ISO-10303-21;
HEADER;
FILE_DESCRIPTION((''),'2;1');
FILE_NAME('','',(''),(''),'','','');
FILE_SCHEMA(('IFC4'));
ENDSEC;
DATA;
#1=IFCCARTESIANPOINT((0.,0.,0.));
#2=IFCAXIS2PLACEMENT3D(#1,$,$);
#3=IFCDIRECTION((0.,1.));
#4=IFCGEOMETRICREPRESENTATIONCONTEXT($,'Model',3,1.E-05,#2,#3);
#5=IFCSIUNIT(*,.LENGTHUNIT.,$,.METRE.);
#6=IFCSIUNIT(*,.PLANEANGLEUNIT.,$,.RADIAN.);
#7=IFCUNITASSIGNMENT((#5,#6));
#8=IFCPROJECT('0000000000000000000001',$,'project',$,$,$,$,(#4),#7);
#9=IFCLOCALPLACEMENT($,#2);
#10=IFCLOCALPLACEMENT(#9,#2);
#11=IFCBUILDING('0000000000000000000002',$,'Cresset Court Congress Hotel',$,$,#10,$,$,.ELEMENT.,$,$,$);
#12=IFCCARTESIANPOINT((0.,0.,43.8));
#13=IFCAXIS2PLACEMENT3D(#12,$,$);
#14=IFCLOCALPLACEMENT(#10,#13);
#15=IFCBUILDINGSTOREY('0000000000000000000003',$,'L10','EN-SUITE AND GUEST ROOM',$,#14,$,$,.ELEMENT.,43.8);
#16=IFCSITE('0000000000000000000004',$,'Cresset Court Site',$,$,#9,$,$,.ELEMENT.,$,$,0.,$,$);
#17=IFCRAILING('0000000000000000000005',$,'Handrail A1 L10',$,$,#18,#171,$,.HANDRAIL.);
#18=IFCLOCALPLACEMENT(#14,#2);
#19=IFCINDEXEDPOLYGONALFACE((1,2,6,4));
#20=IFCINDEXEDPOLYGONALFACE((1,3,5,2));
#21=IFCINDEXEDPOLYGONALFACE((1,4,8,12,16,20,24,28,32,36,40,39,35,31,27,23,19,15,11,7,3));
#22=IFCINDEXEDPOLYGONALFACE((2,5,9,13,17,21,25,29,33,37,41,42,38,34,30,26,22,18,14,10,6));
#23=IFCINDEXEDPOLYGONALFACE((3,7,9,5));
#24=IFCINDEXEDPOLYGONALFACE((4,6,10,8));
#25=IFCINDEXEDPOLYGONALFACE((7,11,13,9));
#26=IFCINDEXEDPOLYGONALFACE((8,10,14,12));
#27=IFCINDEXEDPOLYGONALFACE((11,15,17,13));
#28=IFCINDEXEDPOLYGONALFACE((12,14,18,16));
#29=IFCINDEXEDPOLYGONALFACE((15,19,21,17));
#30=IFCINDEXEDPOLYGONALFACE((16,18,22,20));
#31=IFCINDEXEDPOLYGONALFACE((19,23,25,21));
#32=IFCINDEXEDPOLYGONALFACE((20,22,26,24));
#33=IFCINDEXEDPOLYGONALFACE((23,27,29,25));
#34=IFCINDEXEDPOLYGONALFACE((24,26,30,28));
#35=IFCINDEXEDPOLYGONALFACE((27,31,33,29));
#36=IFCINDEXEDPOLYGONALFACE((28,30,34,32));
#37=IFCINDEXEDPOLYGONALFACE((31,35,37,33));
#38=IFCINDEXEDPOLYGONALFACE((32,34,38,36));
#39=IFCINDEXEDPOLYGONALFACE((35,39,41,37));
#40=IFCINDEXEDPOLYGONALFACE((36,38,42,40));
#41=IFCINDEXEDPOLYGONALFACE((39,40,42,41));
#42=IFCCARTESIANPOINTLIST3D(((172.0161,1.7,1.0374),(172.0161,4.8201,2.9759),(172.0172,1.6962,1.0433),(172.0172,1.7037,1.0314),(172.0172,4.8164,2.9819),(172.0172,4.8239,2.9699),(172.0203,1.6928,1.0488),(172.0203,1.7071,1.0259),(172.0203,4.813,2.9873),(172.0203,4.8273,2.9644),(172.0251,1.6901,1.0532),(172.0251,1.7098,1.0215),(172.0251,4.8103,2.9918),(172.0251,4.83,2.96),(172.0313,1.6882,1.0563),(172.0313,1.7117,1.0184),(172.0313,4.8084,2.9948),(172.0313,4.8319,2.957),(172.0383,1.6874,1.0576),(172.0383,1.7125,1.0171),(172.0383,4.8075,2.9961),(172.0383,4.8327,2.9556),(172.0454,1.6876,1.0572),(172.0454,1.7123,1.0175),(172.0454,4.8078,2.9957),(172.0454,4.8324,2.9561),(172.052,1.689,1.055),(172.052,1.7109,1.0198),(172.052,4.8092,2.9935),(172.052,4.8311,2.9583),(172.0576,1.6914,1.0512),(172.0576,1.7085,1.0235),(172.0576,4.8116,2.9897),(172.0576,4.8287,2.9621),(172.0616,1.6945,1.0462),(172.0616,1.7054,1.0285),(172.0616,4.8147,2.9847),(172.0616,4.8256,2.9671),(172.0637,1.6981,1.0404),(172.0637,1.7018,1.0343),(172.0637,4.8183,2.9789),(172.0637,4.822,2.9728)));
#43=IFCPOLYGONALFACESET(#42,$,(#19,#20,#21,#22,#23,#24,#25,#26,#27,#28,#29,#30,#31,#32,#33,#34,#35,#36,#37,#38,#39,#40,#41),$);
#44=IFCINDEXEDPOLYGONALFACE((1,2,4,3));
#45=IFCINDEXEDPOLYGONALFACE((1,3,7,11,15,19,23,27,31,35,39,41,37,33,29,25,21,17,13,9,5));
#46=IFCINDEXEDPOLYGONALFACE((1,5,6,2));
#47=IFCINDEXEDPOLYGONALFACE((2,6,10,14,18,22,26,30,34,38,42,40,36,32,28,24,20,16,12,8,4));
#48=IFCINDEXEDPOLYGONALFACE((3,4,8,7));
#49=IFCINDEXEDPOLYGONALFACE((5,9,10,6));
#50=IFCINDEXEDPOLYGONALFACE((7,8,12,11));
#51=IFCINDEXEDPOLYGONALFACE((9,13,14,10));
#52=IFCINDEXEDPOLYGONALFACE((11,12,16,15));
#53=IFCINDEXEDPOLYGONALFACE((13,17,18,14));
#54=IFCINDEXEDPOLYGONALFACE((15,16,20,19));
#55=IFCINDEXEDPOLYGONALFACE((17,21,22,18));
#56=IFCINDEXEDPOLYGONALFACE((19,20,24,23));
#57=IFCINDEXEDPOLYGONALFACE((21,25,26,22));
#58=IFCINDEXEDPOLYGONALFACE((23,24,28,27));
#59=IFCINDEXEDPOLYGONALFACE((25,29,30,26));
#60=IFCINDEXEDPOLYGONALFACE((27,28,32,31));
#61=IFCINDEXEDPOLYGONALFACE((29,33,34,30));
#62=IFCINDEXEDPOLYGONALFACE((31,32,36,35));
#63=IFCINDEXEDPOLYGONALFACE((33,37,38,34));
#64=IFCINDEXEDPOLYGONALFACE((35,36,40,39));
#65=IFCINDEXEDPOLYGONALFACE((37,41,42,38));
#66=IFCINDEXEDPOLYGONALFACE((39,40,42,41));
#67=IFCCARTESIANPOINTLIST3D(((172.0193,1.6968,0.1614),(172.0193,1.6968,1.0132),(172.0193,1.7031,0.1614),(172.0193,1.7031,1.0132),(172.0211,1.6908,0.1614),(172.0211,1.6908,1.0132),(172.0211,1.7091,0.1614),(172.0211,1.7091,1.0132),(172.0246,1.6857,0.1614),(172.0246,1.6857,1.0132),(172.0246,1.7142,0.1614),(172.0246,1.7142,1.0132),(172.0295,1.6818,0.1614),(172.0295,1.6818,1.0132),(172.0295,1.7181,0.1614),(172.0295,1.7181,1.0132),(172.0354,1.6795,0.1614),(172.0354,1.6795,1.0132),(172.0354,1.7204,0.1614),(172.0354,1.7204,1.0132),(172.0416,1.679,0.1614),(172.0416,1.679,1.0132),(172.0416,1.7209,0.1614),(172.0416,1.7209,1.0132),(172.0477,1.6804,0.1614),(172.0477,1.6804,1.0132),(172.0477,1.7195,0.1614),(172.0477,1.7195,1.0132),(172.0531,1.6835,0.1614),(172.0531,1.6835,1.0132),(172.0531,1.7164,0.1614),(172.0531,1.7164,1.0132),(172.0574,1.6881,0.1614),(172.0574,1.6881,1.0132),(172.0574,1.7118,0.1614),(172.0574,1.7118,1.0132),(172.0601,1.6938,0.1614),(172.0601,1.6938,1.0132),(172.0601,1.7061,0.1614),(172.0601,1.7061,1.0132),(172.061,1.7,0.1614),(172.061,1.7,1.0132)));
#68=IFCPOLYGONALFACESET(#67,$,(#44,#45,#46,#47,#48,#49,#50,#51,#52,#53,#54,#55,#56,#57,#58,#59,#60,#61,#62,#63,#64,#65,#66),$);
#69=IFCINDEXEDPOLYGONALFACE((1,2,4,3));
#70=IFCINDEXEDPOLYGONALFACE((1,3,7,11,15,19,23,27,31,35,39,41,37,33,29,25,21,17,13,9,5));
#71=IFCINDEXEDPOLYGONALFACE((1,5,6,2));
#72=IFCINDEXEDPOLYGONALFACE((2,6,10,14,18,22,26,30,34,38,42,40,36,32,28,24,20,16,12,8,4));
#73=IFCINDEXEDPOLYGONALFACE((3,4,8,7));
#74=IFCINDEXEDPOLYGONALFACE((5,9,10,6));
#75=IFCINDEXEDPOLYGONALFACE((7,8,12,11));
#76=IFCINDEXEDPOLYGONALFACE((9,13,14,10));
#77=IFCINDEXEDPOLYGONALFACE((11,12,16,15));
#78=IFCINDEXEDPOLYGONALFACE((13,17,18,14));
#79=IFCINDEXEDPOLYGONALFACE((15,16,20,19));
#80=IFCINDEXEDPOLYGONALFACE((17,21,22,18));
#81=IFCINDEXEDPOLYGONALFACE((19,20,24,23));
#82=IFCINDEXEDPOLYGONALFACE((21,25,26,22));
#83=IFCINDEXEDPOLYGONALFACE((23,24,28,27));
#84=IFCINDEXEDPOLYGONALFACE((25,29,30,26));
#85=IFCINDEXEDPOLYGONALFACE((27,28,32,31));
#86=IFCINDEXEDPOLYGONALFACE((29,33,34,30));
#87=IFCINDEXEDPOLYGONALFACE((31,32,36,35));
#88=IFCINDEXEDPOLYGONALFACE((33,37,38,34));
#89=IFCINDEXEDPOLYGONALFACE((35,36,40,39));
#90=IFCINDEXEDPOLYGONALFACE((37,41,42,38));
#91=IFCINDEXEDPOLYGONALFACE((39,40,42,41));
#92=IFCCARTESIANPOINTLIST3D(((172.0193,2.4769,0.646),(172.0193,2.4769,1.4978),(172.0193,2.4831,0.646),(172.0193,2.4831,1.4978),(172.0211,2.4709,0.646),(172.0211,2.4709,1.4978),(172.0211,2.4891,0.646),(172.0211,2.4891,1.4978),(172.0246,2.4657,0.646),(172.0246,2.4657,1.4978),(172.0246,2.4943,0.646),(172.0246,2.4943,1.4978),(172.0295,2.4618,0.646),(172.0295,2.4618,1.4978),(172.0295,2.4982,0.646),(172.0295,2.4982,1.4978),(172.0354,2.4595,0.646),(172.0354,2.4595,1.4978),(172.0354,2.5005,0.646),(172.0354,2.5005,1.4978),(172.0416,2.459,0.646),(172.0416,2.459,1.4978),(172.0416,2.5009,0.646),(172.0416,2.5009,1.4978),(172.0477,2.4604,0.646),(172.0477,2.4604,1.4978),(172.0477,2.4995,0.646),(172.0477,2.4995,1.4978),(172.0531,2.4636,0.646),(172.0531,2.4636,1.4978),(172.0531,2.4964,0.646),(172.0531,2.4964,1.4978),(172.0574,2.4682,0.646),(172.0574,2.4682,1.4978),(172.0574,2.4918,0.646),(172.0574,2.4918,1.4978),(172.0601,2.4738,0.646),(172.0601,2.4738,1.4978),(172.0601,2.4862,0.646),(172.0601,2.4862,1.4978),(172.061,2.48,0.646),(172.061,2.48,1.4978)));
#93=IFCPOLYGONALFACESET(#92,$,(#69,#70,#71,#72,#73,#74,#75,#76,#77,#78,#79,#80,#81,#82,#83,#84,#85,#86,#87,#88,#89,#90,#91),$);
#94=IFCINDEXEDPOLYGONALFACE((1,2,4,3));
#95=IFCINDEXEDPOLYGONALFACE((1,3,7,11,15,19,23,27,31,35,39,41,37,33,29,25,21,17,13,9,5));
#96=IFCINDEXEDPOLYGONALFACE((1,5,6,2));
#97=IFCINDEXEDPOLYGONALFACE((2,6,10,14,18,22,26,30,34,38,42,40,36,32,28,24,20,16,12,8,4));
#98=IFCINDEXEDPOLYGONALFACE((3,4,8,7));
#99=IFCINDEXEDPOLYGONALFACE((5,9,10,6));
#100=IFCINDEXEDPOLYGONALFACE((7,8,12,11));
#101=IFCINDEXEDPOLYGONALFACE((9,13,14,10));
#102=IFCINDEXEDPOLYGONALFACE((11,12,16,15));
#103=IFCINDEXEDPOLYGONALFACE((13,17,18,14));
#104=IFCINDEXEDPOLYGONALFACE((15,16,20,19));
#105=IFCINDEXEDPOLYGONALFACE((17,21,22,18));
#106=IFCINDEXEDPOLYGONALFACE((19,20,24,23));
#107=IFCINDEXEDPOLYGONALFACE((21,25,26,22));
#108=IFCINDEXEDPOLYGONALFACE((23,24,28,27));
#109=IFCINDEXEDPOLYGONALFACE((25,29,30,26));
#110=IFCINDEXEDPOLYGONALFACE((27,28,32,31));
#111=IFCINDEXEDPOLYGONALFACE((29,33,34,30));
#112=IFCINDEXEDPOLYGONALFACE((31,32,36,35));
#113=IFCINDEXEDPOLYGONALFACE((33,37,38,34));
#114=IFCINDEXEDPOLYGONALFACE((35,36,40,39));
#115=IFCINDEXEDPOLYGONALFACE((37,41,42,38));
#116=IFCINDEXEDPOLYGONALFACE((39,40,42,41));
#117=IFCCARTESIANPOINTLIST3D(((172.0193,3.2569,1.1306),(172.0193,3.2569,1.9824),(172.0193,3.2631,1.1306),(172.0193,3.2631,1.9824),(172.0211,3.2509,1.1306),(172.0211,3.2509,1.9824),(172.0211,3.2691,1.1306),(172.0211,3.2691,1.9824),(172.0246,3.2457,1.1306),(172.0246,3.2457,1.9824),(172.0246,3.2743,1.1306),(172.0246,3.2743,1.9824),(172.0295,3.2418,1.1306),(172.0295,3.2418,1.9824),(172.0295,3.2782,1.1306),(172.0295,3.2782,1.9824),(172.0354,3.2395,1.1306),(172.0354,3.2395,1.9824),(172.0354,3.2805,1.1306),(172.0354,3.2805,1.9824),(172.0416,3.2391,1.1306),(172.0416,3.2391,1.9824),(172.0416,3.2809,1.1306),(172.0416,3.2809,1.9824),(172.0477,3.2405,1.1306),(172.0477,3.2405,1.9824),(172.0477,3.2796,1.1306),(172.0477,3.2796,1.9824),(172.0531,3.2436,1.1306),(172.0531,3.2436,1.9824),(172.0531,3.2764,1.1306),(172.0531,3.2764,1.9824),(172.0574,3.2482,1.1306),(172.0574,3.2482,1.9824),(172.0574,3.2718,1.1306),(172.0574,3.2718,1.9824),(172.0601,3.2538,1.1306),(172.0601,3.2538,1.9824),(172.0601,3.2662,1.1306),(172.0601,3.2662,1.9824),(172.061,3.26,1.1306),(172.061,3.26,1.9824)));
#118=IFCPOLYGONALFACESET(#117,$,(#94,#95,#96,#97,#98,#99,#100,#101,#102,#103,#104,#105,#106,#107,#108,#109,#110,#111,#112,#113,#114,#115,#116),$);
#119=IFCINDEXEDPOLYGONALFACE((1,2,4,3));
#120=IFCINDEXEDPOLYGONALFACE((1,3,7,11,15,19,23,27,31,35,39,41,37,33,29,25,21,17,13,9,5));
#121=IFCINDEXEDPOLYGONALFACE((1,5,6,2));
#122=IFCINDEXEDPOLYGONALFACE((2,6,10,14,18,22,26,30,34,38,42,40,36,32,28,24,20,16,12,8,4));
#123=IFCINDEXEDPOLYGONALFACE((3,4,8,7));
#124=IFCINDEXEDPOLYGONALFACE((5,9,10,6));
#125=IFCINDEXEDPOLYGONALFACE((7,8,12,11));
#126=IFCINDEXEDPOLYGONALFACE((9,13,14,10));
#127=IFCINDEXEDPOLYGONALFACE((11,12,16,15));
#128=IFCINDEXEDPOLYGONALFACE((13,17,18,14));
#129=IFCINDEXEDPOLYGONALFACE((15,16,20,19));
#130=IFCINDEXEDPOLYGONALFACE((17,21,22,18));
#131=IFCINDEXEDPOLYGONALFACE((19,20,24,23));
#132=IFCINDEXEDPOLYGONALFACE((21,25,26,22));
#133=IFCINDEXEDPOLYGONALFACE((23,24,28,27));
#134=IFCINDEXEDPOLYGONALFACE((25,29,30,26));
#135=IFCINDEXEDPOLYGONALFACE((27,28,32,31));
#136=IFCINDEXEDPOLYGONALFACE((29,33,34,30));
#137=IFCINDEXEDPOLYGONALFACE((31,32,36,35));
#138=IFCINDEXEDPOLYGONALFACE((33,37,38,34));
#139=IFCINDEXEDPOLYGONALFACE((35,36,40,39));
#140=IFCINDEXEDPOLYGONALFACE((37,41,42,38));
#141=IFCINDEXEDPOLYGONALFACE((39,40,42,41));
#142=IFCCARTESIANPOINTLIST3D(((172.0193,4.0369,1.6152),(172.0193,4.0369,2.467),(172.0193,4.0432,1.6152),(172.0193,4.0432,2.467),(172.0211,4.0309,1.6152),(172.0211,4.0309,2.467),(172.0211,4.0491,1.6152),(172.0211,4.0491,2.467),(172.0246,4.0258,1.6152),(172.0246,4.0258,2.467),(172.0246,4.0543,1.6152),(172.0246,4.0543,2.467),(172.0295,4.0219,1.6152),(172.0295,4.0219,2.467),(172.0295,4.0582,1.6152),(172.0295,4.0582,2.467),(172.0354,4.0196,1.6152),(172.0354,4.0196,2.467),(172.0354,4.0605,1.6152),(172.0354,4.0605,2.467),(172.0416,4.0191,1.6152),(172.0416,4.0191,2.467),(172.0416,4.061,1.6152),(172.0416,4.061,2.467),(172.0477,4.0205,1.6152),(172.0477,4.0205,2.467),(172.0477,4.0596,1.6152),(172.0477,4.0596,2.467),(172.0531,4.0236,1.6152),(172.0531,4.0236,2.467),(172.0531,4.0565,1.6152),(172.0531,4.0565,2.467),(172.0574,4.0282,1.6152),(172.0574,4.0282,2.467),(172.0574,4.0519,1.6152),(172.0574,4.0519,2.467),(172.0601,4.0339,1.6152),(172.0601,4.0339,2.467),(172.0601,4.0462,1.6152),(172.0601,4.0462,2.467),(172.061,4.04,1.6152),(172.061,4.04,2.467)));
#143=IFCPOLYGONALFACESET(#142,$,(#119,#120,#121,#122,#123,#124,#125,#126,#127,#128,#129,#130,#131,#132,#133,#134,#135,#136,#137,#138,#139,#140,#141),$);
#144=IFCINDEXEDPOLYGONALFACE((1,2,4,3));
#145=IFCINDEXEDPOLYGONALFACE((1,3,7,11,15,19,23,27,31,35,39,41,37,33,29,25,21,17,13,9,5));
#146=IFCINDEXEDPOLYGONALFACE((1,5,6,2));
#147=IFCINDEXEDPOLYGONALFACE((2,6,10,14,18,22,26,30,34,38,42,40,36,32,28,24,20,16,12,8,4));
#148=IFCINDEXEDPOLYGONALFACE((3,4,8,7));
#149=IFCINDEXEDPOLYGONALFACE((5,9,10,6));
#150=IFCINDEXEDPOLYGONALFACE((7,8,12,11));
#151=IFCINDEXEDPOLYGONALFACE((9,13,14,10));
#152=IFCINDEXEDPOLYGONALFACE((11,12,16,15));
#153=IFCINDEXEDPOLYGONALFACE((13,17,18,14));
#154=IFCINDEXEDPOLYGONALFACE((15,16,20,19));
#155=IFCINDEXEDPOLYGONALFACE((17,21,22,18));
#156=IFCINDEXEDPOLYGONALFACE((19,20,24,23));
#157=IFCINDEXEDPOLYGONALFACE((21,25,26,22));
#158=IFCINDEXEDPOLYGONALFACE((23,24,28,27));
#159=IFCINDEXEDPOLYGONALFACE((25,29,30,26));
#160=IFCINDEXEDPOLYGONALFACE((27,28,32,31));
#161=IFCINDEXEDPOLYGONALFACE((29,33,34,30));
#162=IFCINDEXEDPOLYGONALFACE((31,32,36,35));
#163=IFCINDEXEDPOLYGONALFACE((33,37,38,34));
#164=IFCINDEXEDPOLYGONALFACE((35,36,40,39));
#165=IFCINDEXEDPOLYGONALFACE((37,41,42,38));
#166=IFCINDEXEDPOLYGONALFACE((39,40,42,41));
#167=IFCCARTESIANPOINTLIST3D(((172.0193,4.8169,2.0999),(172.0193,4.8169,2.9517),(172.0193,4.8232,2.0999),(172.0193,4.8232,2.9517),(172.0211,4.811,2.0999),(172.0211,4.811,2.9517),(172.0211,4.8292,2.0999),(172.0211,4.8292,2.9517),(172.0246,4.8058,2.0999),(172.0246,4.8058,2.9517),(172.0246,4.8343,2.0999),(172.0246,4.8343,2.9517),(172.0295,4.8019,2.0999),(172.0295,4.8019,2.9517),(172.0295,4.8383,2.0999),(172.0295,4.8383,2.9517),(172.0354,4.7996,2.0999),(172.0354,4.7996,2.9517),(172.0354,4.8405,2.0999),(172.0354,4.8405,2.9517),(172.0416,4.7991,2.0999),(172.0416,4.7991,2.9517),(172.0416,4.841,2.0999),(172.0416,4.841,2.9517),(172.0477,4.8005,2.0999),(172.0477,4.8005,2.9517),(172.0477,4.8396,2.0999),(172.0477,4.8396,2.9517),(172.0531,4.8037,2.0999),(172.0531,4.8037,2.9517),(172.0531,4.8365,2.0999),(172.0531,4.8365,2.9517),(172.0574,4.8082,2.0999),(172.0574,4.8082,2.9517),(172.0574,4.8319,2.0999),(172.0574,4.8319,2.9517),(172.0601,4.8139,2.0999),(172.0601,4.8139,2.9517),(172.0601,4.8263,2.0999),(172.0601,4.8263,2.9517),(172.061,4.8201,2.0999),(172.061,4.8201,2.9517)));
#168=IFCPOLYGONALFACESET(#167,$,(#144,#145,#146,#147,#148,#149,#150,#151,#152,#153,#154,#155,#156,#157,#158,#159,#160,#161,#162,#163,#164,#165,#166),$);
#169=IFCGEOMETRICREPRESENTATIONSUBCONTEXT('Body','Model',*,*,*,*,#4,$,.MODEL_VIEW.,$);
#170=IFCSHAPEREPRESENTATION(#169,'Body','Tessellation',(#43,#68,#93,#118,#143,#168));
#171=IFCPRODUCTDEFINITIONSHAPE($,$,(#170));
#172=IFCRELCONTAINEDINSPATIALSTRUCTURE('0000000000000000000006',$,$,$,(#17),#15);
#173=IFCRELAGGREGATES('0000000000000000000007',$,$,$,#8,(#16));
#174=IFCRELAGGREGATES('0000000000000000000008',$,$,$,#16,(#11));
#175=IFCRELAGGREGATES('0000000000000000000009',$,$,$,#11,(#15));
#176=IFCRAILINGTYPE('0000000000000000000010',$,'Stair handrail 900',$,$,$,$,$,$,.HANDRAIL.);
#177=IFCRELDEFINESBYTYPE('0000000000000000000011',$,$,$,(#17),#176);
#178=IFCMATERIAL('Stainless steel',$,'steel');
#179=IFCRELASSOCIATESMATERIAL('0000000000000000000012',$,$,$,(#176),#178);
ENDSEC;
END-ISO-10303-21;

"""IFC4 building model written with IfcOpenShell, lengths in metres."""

from ifc_helpers import new_model, si_unit, direction, frame, origin, origin_2d, place, context, subcontext, project, spatial, circle, extrude, material, type_object, element, save


model = new_model("IFC4")

# Units and contexts
model_context = context("Model", 3, precision=1e-05, world=origin(), true_north=direction((0.0, 1.0)))
body_context = subcontext(model_context, "Body", "Model", "MODEL_VIEW")
ifc_project = project(units=[si_unit("LENGTHUNIT", "METRE"), si_unit("PLANEANGLEUNIT", "RADIAN")], contexts=[model_context])

# Site, building, storey
site_placement = place(None, origin())
site = spatial("IfcSite", under=ifc_project, at=site_placement, Name="Cresset Court Site", CompositionType="ELEMENT", RefElevation=0.0)
building_placement = place(site_placement, origin())
building = spatial("IfcBuilding", under=site, at=building_placement, Name="Cresset Court Congress Hotel", CompositionType="ELEMENT")
storey_placement = place(building_placement, frame((0.0, 0.0, 43.8)))
storey = spatial("IfcBuildingStorey", under=building, at=storey_placement, Name="L10", Description="EN-SUITE AND GUEST ROOM", CompositionType="ELEMENT", Elevation=43.8)

# Railing
ifc_material_1 = material(Name="Stainless steel", Category="steel")
railing_type = type_object("IfcRailingType", Name="Stair handrail 900", PredefinedType="HANDRAIL", material=ifc_material_1)
for number, where, name in (
    (1, (172.04, 1.7, 0.1614), "Handrail A1 L10"),
):
    element("IfcRailing", number, at=place(storey_placement, frame(where)), inside=storey, type_object=railing_type, Name=name, PredefinedType="HANDRAIL", context=body_context, shape_type="SweptSolid", body=[
        extrude(circle(Radius=0.0239, at=origin_2d()), frame((0.0, 0.0, 0.876), z_axis=(0.0, 0.849414, 0.527727), x_axis=(-1.0, 0.0, 0.0)), (0.0, 0.0, 1.0), 3.6733),
        extrude(circle(Radius=0.021, at=origin_2d()), origin(), (0.0, 0.0, 1.0), 0.8518),
        extrude(circle(Radius=0.021, at=origin_2d()), frame((0.0, 0.78, 0.4846)), (0.0, 0.0, 1.0), 0.8518),
        extrude(circle(Radius=0.021, at=origin_2d()), frame((0.0, 1.5601, 0.9692)), (0.0, 0.0, 1.0), 0.8518),
        extrude(circle(Radius=0.021, at=origin_2d()), frame((0.0, 2.3401, 1.4539)), (0.0, 0.0, 1.0), 0.8518),
        extrude(circle(Radius=0.021, at=origin_2d()), frame((0.0, 3.1201, 1.9385)), (0.0, 0.0, 1.0), 0.8518),
    ])

save(model, "model.ifc")
